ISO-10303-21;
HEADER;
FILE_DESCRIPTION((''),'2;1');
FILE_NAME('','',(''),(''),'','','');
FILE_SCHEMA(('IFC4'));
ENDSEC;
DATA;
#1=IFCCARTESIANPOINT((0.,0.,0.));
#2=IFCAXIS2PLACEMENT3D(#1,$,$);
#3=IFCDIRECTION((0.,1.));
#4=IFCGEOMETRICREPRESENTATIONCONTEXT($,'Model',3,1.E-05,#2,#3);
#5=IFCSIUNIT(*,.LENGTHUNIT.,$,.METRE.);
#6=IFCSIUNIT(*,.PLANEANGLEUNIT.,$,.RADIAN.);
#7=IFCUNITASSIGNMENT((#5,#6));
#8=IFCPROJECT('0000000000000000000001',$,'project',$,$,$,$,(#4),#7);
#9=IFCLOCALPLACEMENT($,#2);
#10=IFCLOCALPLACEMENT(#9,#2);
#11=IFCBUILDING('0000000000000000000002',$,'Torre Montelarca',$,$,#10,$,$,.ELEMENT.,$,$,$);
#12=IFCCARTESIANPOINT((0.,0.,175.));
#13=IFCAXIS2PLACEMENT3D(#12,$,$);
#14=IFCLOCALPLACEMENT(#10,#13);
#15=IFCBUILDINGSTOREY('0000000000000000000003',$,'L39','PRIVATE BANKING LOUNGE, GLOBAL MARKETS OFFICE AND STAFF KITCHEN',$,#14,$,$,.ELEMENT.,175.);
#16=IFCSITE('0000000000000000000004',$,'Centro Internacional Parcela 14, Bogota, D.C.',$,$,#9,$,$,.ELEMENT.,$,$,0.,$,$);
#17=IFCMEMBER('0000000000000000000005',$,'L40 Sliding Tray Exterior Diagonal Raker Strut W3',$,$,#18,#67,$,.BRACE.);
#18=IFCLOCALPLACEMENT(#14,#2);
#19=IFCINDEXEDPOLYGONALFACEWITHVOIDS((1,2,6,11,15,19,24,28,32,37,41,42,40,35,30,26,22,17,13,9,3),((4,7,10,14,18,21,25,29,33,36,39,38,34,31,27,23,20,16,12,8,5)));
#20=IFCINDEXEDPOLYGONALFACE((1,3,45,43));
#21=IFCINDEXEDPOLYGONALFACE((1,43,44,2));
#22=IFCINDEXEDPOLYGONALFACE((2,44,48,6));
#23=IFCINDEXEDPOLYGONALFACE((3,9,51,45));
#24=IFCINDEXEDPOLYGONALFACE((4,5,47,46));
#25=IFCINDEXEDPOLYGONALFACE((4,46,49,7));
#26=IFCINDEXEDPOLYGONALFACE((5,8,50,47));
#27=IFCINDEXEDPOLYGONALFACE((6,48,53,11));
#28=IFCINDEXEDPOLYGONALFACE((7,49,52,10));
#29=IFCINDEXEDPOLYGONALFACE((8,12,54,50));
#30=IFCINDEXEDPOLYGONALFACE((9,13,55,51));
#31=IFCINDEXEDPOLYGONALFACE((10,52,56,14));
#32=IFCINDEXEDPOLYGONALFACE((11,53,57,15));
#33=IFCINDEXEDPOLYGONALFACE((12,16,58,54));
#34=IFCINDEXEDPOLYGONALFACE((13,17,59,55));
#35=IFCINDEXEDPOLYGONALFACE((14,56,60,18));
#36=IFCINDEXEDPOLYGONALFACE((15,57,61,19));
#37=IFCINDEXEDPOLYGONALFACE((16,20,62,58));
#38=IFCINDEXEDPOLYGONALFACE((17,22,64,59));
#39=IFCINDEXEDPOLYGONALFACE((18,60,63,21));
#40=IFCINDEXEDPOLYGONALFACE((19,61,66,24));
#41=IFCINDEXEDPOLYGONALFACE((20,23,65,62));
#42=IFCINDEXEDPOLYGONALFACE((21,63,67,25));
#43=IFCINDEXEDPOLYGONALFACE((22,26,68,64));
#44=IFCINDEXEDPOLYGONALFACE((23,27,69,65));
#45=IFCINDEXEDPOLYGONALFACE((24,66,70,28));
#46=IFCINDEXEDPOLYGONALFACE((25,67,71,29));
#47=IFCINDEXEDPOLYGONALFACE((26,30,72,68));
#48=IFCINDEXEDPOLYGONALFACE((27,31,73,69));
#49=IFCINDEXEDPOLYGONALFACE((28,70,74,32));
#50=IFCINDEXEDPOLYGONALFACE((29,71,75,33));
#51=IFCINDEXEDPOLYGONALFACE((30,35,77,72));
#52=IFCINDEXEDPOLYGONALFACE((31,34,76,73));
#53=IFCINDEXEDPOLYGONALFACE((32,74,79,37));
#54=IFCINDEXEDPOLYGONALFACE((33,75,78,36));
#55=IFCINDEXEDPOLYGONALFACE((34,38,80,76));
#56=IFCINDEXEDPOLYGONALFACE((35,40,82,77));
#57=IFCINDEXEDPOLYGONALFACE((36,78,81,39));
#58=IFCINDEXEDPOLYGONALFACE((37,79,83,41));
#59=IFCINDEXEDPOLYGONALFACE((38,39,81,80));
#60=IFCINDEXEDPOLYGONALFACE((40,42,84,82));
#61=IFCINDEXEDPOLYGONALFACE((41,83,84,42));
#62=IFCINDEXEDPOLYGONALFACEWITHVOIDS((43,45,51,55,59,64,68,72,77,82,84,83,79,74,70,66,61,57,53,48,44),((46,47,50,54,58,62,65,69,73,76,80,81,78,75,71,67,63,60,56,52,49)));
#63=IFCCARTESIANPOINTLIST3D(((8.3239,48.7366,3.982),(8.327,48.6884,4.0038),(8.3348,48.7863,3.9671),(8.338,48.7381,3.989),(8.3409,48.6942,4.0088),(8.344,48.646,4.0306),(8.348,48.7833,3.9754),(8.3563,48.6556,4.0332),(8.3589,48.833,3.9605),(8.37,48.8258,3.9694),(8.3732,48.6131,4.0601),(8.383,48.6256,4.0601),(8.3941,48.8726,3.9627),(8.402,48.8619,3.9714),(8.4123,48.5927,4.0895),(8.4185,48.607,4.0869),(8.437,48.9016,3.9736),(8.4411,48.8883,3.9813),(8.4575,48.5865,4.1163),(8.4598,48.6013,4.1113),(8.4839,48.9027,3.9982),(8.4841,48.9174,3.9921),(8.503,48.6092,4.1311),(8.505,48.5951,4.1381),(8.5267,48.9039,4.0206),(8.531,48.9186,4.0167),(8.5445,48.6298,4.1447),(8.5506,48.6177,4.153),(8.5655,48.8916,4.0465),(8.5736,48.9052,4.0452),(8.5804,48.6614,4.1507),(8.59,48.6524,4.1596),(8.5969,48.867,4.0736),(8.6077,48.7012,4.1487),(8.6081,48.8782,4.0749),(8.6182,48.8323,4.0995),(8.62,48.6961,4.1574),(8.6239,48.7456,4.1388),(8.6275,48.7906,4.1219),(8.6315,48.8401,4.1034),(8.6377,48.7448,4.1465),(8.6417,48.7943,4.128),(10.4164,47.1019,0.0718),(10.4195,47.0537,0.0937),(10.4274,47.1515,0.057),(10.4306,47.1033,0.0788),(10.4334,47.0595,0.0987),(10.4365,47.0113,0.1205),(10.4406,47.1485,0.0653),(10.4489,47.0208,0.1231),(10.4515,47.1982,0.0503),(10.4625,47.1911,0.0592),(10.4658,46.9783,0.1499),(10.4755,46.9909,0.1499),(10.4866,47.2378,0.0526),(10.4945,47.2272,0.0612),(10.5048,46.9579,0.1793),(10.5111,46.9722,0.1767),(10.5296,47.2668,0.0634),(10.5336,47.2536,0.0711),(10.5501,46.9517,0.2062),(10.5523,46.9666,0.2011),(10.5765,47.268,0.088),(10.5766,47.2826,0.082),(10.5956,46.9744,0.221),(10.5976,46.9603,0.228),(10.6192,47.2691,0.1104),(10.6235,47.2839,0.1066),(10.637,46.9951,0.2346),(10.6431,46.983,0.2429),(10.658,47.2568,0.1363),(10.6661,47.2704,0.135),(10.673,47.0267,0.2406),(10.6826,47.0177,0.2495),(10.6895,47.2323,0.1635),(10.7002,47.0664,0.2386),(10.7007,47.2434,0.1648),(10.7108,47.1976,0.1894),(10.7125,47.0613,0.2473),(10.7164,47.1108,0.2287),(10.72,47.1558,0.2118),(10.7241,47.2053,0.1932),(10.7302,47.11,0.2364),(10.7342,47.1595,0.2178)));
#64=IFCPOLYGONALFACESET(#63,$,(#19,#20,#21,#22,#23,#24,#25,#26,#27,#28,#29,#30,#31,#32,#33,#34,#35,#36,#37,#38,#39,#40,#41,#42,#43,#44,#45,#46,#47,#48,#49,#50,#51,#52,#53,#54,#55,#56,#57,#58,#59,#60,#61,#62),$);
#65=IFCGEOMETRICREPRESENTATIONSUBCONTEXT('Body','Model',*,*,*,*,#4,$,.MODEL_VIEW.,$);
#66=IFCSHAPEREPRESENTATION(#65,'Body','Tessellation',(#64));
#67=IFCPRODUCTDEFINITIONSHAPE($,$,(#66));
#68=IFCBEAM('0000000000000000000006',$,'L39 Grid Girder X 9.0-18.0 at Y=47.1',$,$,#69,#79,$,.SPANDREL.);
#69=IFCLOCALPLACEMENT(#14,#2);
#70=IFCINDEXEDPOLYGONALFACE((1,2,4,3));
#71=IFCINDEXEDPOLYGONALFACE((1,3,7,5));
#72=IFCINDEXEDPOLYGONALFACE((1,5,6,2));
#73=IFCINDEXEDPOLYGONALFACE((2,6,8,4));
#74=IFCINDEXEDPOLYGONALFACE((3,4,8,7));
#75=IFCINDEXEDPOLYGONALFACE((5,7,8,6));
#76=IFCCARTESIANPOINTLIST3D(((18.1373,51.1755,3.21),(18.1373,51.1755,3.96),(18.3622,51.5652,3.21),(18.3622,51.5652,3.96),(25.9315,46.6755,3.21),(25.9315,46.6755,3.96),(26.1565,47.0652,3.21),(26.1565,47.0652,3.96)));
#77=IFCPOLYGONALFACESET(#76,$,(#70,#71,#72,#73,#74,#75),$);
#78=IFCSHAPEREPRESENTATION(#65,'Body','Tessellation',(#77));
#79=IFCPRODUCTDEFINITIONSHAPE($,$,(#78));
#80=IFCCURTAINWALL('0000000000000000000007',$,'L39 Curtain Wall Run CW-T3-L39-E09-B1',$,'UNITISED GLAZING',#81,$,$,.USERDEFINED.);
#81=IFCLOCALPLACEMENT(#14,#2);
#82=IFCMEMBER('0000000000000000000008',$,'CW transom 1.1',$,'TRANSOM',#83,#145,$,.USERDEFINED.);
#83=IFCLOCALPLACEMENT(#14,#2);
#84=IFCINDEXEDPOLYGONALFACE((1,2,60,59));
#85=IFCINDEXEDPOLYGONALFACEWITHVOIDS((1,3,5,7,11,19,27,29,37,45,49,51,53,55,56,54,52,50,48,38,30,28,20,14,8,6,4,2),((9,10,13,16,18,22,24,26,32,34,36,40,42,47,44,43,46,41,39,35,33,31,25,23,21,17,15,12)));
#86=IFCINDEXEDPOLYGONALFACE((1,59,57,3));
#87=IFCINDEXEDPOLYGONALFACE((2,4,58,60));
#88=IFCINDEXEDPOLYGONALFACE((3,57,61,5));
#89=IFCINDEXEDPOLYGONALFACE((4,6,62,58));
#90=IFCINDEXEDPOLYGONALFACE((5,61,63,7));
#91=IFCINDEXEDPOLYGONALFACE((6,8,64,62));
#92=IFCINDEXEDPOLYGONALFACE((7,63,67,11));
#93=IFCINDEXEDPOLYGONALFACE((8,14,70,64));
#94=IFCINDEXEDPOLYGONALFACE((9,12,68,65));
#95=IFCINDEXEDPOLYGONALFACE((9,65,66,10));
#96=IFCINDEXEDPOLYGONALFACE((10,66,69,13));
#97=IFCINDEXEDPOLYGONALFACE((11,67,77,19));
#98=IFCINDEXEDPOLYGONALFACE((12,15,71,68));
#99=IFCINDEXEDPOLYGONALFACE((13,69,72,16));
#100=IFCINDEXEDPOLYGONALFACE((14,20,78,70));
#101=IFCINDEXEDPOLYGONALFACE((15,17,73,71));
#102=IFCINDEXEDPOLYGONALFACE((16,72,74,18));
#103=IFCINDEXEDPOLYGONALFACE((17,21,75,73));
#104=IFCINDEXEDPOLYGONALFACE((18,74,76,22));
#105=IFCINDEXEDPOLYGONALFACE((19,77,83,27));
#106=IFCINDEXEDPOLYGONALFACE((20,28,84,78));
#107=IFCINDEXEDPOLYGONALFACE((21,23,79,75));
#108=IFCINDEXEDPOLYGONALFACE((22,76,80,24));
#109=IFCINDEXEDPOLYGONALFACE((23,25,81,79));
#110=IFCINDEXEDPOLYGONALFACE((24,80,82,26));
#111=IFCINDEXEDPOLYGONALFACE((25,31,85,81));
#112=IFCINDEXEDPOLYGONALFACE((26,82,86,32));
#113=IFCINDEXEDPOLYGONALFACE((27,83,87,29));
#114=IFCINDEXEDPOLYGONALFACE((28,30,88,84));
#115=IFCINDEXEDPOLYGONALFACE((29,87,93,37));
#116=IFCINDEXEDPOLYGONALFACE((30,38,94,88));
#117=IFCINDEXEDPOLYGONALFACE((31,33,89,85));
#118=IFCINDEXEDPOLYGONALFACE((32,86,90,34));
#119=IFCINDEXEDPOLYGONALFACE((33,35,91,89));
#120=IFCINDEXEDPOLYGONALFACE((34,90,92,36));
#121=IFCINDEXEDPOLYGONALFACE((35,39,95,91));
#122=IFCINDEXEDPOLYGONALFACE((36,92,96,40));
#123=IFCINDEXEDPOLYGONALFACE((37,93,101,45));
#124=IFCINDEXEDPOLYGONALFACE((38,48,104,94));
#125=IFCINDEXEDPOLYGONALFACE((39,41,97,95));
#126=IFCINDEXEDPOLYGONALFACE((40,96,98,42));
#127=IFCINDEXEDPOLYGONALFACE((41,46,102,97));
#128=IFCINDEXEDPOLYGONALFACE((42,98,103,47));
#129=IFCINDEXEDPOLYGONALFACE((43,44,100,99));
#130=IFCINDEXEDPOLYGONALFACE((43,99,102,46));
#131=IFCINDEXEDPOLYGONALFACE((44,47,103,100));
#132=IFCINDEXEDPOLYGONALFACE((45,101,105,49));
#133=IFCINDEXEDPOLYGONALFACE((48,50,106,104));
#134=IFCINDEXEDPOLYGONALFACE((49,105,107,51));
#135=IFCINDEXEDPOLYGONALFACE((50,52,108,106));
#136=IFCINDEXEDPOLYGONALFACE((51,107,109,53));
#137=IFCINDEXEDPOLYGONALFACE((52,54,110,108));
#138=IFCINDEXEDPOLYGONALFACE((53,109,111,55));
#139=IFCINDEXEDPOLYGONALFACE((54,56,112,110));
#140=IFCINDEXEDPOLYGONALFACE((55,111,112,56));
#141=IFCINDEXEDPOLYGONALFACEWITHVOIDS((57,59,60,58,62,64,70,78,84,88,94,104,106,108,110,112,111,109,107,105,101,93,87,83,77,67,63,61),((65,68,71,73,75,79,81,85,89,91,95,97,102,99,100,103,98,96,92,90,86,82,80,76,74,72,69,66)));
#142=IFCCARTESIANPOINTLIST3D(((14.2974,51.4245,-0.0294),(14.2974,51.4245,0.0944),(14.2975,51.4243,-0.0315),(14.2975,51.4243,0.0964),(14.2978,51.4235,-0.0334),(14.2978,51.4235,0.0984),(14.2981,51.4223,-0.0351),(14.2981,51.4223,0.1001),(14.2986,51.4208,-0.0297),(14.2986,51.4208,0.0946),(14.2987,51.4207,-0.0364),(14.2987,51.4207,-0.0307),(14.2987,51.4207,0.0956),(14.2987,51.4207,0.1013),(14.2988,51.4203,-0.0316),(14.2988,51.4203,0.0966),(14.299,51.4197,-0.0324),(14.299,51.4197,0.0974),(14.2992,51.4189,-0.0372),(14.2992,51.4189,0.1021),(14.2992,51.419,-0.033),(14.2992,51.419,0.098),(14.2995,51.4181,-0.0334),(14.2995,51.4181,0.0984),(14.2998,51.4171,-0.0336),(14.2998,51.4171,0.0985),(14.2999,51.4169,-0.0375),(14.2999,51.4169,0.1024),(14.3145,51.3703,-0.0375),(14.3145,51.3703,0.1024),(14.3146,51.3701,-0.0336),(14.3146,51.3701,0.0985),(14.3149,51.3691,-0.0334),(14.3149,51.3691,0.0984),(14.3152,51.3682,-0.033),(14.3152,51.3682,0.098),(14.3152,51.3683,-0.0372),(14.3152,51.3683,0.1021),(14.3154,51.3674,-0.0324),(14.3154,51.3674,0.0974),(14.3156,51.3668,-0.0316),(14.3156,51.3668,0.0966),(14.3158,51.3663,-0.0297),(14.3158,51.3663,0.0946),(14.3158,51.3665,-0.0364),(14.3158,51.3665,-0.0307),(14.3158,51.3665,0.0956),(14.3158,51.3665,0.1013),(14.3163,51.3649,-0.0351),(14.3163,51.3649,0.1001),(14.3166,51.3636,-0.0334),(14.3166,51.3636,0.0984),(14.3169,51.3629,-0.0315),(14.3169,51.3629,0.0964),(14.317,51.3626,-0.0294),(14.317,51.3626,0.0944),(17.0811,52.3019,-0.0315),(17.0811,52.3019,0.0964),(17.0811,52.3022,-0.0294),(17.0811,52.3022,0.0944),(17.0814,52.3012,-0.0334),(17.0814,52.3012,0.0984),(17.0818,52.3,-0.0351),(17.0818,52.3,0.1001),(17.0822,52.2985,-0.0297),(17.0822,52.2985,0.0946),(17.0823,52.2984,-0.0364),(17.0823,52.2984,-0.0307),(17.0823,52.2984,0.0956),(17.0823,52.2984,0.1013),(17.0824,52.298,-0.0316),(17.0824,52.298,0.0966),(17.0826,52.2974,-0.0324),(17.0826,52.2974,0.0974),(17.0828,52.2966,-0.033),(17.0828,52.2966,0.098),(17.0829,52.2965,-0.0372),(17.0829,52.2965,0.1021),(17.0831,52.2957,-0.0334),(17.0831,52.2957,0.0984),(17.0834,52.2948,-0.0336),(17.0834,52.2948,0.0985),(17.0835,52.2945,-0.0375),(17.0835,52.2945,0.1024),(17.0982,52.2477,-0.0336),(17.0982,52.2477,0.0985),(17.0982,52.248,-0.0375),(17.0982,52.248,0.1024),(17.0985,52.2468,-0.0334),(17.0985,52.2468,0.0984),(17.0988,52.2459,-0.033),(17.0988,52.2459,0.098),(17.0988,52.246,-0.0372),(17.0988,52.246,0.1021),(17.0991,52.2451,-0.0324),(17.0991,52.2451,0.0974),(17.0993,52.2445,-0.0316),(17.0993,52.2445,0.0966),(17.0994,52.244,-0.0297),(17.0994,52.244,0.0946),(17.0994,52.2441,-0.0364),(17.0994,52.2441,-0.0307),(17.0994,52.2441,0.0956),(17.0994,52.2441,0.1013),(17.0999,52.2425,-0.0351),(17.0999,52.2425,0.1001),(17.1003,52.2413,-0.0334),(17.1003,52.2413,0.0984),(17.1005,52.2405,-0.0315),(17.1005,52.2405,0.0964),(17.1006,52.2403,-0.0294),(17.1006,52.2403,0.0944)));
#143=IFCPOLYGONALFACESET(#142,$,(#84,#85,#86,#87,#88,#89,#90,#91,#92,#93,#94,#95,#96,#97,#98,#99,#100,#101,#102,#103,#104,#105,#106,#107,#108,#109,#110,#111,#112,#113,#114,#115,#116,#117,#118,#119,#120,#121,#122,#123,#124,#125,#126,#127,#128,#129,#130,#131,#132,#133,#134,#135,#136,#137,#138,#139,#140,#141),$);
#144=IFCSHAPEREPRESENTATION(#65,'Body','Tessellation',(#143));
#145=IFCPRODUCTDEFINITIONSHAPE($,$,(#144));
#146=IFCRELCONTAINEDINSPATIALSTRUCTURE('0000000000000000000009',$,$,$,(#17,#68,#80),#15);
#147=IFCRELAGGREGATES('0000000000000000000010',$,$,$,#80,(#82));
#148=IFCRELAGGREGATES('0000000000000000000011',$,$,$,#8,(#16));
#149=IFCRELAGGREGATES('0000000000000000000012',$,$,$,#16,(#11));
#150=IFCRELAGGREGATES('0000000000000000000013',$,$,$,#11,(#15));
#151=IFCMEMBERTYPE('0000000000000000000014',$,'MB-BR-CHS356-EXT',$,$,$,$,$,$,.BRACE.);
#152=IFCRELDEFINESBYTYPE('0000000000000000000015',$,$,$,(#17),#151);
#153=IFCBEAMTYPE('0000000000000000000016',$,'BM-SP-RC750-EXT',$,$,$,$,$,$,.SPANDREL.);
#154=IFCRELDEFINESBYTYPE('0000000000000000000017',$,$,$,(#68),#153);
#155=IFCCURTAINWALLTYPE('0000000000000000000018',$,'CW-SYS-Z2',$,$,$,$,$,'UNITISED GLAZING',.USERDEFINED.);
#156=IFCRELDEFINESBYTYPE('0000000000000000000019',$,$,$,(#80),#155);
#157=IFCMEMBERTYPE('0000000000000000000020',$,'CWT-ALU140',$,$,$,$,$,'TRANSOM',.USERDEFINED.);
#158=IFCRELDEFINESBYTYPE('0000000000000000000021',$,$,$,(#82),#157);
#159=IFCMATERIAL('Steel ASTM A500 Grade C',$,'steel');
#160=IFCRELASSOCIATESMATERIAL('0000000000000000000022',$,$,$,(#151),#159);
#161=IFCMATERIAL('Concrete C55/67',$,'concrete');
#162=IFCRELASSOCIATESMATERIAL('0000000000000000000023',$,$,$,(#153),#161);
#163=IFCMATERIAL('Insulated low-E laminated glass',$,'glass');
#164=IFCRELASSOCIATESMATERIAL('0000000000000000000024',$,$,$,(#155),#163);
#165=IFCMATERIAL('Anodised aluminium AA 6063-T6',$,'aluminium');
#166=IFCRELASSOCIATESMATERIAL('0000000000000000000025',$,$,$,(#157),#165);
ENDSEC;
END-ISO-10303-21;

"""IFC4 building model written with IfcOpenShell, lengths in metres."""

from ifc_helpers import new_model, si_unit, direction, frame, origin, origin_2d, place, context, subcontext, project, spatial, rectangle, hollow_rectangle, hollow_circle, extrude, source, transform, mapped, material, material_profile, profile_set, type_object, element, aggregate, save


model = new_model("IFC4")

# Units and contexts
model_context = context("Model", 3, precision=1e-05, world=origin(), true_north=direction((0.0, 1.0)))
body_context = subcontext(model_context, "Body", "Model", "MODEL_VIEW")
ifc_project = project(units=[si_unit("LENGTHUNIT", "METRE"), si_unit("PLANEANGLEUNIT", "RADIAN")], contexts=[model_context])

# Site, building, storey
site_placement = place(None, origin())
site = spatial("IfcSite", under=ifc_project, at=site_placement, Name="Centro Internacional Parcela 14, Bogota, D.C.", CompositionType="ELEMENT", RefElevation=0.0)
building_placement = place(site_placement, origin())
building = spatial("IfcBuilding", under=site, at=building_placement, Name="Torre Montelarca", CompositionType="ELEMENT")
storey_placement = place(building_placement, frame((0.0, 0.0, 175.0)))
storey = spatial("IfcBuildingStorey", under=building, at=storey_placement, Name="L39", Description="PRIVATE BANKING LOUNGE, GLOBAL MARKETS OFFICE AND STAFF KITCHEN", CompositionType="ELEMENT", Elevation=175.0)

# Shared definitions
ifc_material_1 = material(Name="Concrete C55/67", Category="concrete")

# Member
ifc_material_2 = material(Name="Steel ASTM A500 Grade C", Category="steel")
ifc_material_profile_1 = material_profile(ifc_material_2, hollow_circle(Radius=0.1777, WallThickness=0.0159, at=origin_2d()), Name="HSS355.6X15.9", Category="steel")
ifc_profile_set_1 = profile_set([ifc_material_profile_1], Name="Steel ASTM A500 Grade C")
member_type_1 = type_object("IfcMemberType", Name="MB-BR-CHS356-EXT", PredefinedType="BRACE", material=ifc_profile_set_1)
shared_shape_1 = source(origin(), body_context, "Body", "SweptSolid", [
    extrude(hollow_circle(Radius=0.1777, WallThickness=0.0159, at=origin_2d()), origin(), (0.0, 0.0, 1.0), 4.7266),
])
member_1_placement = place(storey_placement, frame((10.5752, 47.1184, 0.1499), z_axis=(-0.442716, 0.345867, 0.827271), x_axis=(-0.615639, -0.788029, 0.0)))
element("IfcMember", 1, at=member_1_placement, inside=storey, type_object=member_type_1, Name="L40 Sliding Tray Exterior Diagonal Raker Strut W3", PredefinedType="BRACE", context=body_context, shape_type="MappedRepresentation", body=[
    mapped(shared_shape_1, transform((0.0, 0.0, 0.0), scale=1.0)),
])

# Beam
ifc_material_profile_2 = material_profile(ifc_material_1, rectangle(XDim=0.45, YDim=0.75, at=origin_2d()), Name="RCB450X750", Category="concrete")
ifc_profile_set_2 = profile_set([ifc_material_profile_2], Name="Concrete C55/67")
beam_type = type_object("IfcBeamType", Name="BM-SP-RC750-EXT", PredefinedType="SPANDREL", material=ifc_profile_set_2)
shared_shape_2 = source(origin(), body_context, "Body", "SweptSolid", [
    extrude(rectangle(XDim=0.45, YDim=0.75, at=origin_2d()), origin(), (0.0, 0.0, 1.0), 9.0),
])
beam_placement = place(storey_placement, frame((18.2498, 51.3704, 3.585), z_axis=(0.866024, -0.500002, 0.0), x_axis=(0.500002, 0.866024, 0.0)))
element("IfcBeam", 2, at=beam_placement, inside=storey, type_object=beam_type, Name="L39 Grid Girder X 9.0-18.0 at Y=47.1", PredefinedType="SPANDREL", context=body_context, shape_type="MappedRepresentation", body=[
    mapped(shared_shape_2, transform((0.0, 0.0, 0.0), scale=1.0)),
])

# Curtain wall, member
ifc_material_3 = material(Name="Insulated low-E laminated glass", Category="glass")
curtain_wall_type = type_object("IfcCurtainWallType", Name="CW-SYS-Z2", ElementType="UNITISED GLAZING", PredefinedType="USERDEFINED", material=ifc_material_3)
curtain_wall_1_placement = place(storey_placement, origin())
curtain_wall_1 = element("IfcCurtainWall", 3, at=curtain_wall_1_placement, inside=storey, type_object=curtain_wall_type, Name="L39 Curtain Wall Run CW-T3-L39-E09-B1", ObjectType="UNITISED GLAZING", PredefinedType="USERDEFINED")
ifc_material_4 = material(Name="Anodised aluminium AA 6063-T6", Category="aluminium")
ifc_material_profile_3 = material_profile(ifc_material_4, hollow_rectangle(XDim=0.0649, YDim=0.1399, WallThickness=0.0039, InnerFilletRadius=0.0039, OuterFilletRadius=0.0081, at=origin_2d()), Name="ALU65X140X4", Category="aluminium")
ifc_profile_set_3 = profile_set([ifc_material_profile_3], Name="Anodised aluminium AA 6063-T6")
member_type_2 = type_object("IfcMemberType", Name="CWT-ALU140", ElementType="TRANSOM", PredefinedType="USERDEFINED", material=ifc_profile_set_3)
shared_shape_3 = source(origin(), body_context, "Body", "SweptSolid", [
    extrude(hollow_rectangle(XDim=0.0649, YDim=0.1399, WallThickness=0.0039, InnerFilletRadius=0.0039, OuterFilletRadius=0.0081, at=origin_2d()), origin(), (0.0, 0.0, 1.0), 2.9187),
])
member_2_placement = place(storey_placement, frame((17.0908, 52.2712, 0.0325), z_axis=(-0.953718, -0.300703, 0.0), x_axis=(0.300703, -0.953718, 0.0)))
member_2 = element("IfcMember", 4, at=member_2_placement, type_object=member_type_2, Name="CW transom 1.1", ObjectType="TRANSOM", PredefinedType="USERDEFINED", context=body_context, shape_type="MappedRepresentation", body=[
    mapped(shared_shape_3, transform((0.0, 0.0, 0.0), scale=1.0)),
])

aggregate(curtain_wall_1, [member_2])

save(model, "model.ifc")
